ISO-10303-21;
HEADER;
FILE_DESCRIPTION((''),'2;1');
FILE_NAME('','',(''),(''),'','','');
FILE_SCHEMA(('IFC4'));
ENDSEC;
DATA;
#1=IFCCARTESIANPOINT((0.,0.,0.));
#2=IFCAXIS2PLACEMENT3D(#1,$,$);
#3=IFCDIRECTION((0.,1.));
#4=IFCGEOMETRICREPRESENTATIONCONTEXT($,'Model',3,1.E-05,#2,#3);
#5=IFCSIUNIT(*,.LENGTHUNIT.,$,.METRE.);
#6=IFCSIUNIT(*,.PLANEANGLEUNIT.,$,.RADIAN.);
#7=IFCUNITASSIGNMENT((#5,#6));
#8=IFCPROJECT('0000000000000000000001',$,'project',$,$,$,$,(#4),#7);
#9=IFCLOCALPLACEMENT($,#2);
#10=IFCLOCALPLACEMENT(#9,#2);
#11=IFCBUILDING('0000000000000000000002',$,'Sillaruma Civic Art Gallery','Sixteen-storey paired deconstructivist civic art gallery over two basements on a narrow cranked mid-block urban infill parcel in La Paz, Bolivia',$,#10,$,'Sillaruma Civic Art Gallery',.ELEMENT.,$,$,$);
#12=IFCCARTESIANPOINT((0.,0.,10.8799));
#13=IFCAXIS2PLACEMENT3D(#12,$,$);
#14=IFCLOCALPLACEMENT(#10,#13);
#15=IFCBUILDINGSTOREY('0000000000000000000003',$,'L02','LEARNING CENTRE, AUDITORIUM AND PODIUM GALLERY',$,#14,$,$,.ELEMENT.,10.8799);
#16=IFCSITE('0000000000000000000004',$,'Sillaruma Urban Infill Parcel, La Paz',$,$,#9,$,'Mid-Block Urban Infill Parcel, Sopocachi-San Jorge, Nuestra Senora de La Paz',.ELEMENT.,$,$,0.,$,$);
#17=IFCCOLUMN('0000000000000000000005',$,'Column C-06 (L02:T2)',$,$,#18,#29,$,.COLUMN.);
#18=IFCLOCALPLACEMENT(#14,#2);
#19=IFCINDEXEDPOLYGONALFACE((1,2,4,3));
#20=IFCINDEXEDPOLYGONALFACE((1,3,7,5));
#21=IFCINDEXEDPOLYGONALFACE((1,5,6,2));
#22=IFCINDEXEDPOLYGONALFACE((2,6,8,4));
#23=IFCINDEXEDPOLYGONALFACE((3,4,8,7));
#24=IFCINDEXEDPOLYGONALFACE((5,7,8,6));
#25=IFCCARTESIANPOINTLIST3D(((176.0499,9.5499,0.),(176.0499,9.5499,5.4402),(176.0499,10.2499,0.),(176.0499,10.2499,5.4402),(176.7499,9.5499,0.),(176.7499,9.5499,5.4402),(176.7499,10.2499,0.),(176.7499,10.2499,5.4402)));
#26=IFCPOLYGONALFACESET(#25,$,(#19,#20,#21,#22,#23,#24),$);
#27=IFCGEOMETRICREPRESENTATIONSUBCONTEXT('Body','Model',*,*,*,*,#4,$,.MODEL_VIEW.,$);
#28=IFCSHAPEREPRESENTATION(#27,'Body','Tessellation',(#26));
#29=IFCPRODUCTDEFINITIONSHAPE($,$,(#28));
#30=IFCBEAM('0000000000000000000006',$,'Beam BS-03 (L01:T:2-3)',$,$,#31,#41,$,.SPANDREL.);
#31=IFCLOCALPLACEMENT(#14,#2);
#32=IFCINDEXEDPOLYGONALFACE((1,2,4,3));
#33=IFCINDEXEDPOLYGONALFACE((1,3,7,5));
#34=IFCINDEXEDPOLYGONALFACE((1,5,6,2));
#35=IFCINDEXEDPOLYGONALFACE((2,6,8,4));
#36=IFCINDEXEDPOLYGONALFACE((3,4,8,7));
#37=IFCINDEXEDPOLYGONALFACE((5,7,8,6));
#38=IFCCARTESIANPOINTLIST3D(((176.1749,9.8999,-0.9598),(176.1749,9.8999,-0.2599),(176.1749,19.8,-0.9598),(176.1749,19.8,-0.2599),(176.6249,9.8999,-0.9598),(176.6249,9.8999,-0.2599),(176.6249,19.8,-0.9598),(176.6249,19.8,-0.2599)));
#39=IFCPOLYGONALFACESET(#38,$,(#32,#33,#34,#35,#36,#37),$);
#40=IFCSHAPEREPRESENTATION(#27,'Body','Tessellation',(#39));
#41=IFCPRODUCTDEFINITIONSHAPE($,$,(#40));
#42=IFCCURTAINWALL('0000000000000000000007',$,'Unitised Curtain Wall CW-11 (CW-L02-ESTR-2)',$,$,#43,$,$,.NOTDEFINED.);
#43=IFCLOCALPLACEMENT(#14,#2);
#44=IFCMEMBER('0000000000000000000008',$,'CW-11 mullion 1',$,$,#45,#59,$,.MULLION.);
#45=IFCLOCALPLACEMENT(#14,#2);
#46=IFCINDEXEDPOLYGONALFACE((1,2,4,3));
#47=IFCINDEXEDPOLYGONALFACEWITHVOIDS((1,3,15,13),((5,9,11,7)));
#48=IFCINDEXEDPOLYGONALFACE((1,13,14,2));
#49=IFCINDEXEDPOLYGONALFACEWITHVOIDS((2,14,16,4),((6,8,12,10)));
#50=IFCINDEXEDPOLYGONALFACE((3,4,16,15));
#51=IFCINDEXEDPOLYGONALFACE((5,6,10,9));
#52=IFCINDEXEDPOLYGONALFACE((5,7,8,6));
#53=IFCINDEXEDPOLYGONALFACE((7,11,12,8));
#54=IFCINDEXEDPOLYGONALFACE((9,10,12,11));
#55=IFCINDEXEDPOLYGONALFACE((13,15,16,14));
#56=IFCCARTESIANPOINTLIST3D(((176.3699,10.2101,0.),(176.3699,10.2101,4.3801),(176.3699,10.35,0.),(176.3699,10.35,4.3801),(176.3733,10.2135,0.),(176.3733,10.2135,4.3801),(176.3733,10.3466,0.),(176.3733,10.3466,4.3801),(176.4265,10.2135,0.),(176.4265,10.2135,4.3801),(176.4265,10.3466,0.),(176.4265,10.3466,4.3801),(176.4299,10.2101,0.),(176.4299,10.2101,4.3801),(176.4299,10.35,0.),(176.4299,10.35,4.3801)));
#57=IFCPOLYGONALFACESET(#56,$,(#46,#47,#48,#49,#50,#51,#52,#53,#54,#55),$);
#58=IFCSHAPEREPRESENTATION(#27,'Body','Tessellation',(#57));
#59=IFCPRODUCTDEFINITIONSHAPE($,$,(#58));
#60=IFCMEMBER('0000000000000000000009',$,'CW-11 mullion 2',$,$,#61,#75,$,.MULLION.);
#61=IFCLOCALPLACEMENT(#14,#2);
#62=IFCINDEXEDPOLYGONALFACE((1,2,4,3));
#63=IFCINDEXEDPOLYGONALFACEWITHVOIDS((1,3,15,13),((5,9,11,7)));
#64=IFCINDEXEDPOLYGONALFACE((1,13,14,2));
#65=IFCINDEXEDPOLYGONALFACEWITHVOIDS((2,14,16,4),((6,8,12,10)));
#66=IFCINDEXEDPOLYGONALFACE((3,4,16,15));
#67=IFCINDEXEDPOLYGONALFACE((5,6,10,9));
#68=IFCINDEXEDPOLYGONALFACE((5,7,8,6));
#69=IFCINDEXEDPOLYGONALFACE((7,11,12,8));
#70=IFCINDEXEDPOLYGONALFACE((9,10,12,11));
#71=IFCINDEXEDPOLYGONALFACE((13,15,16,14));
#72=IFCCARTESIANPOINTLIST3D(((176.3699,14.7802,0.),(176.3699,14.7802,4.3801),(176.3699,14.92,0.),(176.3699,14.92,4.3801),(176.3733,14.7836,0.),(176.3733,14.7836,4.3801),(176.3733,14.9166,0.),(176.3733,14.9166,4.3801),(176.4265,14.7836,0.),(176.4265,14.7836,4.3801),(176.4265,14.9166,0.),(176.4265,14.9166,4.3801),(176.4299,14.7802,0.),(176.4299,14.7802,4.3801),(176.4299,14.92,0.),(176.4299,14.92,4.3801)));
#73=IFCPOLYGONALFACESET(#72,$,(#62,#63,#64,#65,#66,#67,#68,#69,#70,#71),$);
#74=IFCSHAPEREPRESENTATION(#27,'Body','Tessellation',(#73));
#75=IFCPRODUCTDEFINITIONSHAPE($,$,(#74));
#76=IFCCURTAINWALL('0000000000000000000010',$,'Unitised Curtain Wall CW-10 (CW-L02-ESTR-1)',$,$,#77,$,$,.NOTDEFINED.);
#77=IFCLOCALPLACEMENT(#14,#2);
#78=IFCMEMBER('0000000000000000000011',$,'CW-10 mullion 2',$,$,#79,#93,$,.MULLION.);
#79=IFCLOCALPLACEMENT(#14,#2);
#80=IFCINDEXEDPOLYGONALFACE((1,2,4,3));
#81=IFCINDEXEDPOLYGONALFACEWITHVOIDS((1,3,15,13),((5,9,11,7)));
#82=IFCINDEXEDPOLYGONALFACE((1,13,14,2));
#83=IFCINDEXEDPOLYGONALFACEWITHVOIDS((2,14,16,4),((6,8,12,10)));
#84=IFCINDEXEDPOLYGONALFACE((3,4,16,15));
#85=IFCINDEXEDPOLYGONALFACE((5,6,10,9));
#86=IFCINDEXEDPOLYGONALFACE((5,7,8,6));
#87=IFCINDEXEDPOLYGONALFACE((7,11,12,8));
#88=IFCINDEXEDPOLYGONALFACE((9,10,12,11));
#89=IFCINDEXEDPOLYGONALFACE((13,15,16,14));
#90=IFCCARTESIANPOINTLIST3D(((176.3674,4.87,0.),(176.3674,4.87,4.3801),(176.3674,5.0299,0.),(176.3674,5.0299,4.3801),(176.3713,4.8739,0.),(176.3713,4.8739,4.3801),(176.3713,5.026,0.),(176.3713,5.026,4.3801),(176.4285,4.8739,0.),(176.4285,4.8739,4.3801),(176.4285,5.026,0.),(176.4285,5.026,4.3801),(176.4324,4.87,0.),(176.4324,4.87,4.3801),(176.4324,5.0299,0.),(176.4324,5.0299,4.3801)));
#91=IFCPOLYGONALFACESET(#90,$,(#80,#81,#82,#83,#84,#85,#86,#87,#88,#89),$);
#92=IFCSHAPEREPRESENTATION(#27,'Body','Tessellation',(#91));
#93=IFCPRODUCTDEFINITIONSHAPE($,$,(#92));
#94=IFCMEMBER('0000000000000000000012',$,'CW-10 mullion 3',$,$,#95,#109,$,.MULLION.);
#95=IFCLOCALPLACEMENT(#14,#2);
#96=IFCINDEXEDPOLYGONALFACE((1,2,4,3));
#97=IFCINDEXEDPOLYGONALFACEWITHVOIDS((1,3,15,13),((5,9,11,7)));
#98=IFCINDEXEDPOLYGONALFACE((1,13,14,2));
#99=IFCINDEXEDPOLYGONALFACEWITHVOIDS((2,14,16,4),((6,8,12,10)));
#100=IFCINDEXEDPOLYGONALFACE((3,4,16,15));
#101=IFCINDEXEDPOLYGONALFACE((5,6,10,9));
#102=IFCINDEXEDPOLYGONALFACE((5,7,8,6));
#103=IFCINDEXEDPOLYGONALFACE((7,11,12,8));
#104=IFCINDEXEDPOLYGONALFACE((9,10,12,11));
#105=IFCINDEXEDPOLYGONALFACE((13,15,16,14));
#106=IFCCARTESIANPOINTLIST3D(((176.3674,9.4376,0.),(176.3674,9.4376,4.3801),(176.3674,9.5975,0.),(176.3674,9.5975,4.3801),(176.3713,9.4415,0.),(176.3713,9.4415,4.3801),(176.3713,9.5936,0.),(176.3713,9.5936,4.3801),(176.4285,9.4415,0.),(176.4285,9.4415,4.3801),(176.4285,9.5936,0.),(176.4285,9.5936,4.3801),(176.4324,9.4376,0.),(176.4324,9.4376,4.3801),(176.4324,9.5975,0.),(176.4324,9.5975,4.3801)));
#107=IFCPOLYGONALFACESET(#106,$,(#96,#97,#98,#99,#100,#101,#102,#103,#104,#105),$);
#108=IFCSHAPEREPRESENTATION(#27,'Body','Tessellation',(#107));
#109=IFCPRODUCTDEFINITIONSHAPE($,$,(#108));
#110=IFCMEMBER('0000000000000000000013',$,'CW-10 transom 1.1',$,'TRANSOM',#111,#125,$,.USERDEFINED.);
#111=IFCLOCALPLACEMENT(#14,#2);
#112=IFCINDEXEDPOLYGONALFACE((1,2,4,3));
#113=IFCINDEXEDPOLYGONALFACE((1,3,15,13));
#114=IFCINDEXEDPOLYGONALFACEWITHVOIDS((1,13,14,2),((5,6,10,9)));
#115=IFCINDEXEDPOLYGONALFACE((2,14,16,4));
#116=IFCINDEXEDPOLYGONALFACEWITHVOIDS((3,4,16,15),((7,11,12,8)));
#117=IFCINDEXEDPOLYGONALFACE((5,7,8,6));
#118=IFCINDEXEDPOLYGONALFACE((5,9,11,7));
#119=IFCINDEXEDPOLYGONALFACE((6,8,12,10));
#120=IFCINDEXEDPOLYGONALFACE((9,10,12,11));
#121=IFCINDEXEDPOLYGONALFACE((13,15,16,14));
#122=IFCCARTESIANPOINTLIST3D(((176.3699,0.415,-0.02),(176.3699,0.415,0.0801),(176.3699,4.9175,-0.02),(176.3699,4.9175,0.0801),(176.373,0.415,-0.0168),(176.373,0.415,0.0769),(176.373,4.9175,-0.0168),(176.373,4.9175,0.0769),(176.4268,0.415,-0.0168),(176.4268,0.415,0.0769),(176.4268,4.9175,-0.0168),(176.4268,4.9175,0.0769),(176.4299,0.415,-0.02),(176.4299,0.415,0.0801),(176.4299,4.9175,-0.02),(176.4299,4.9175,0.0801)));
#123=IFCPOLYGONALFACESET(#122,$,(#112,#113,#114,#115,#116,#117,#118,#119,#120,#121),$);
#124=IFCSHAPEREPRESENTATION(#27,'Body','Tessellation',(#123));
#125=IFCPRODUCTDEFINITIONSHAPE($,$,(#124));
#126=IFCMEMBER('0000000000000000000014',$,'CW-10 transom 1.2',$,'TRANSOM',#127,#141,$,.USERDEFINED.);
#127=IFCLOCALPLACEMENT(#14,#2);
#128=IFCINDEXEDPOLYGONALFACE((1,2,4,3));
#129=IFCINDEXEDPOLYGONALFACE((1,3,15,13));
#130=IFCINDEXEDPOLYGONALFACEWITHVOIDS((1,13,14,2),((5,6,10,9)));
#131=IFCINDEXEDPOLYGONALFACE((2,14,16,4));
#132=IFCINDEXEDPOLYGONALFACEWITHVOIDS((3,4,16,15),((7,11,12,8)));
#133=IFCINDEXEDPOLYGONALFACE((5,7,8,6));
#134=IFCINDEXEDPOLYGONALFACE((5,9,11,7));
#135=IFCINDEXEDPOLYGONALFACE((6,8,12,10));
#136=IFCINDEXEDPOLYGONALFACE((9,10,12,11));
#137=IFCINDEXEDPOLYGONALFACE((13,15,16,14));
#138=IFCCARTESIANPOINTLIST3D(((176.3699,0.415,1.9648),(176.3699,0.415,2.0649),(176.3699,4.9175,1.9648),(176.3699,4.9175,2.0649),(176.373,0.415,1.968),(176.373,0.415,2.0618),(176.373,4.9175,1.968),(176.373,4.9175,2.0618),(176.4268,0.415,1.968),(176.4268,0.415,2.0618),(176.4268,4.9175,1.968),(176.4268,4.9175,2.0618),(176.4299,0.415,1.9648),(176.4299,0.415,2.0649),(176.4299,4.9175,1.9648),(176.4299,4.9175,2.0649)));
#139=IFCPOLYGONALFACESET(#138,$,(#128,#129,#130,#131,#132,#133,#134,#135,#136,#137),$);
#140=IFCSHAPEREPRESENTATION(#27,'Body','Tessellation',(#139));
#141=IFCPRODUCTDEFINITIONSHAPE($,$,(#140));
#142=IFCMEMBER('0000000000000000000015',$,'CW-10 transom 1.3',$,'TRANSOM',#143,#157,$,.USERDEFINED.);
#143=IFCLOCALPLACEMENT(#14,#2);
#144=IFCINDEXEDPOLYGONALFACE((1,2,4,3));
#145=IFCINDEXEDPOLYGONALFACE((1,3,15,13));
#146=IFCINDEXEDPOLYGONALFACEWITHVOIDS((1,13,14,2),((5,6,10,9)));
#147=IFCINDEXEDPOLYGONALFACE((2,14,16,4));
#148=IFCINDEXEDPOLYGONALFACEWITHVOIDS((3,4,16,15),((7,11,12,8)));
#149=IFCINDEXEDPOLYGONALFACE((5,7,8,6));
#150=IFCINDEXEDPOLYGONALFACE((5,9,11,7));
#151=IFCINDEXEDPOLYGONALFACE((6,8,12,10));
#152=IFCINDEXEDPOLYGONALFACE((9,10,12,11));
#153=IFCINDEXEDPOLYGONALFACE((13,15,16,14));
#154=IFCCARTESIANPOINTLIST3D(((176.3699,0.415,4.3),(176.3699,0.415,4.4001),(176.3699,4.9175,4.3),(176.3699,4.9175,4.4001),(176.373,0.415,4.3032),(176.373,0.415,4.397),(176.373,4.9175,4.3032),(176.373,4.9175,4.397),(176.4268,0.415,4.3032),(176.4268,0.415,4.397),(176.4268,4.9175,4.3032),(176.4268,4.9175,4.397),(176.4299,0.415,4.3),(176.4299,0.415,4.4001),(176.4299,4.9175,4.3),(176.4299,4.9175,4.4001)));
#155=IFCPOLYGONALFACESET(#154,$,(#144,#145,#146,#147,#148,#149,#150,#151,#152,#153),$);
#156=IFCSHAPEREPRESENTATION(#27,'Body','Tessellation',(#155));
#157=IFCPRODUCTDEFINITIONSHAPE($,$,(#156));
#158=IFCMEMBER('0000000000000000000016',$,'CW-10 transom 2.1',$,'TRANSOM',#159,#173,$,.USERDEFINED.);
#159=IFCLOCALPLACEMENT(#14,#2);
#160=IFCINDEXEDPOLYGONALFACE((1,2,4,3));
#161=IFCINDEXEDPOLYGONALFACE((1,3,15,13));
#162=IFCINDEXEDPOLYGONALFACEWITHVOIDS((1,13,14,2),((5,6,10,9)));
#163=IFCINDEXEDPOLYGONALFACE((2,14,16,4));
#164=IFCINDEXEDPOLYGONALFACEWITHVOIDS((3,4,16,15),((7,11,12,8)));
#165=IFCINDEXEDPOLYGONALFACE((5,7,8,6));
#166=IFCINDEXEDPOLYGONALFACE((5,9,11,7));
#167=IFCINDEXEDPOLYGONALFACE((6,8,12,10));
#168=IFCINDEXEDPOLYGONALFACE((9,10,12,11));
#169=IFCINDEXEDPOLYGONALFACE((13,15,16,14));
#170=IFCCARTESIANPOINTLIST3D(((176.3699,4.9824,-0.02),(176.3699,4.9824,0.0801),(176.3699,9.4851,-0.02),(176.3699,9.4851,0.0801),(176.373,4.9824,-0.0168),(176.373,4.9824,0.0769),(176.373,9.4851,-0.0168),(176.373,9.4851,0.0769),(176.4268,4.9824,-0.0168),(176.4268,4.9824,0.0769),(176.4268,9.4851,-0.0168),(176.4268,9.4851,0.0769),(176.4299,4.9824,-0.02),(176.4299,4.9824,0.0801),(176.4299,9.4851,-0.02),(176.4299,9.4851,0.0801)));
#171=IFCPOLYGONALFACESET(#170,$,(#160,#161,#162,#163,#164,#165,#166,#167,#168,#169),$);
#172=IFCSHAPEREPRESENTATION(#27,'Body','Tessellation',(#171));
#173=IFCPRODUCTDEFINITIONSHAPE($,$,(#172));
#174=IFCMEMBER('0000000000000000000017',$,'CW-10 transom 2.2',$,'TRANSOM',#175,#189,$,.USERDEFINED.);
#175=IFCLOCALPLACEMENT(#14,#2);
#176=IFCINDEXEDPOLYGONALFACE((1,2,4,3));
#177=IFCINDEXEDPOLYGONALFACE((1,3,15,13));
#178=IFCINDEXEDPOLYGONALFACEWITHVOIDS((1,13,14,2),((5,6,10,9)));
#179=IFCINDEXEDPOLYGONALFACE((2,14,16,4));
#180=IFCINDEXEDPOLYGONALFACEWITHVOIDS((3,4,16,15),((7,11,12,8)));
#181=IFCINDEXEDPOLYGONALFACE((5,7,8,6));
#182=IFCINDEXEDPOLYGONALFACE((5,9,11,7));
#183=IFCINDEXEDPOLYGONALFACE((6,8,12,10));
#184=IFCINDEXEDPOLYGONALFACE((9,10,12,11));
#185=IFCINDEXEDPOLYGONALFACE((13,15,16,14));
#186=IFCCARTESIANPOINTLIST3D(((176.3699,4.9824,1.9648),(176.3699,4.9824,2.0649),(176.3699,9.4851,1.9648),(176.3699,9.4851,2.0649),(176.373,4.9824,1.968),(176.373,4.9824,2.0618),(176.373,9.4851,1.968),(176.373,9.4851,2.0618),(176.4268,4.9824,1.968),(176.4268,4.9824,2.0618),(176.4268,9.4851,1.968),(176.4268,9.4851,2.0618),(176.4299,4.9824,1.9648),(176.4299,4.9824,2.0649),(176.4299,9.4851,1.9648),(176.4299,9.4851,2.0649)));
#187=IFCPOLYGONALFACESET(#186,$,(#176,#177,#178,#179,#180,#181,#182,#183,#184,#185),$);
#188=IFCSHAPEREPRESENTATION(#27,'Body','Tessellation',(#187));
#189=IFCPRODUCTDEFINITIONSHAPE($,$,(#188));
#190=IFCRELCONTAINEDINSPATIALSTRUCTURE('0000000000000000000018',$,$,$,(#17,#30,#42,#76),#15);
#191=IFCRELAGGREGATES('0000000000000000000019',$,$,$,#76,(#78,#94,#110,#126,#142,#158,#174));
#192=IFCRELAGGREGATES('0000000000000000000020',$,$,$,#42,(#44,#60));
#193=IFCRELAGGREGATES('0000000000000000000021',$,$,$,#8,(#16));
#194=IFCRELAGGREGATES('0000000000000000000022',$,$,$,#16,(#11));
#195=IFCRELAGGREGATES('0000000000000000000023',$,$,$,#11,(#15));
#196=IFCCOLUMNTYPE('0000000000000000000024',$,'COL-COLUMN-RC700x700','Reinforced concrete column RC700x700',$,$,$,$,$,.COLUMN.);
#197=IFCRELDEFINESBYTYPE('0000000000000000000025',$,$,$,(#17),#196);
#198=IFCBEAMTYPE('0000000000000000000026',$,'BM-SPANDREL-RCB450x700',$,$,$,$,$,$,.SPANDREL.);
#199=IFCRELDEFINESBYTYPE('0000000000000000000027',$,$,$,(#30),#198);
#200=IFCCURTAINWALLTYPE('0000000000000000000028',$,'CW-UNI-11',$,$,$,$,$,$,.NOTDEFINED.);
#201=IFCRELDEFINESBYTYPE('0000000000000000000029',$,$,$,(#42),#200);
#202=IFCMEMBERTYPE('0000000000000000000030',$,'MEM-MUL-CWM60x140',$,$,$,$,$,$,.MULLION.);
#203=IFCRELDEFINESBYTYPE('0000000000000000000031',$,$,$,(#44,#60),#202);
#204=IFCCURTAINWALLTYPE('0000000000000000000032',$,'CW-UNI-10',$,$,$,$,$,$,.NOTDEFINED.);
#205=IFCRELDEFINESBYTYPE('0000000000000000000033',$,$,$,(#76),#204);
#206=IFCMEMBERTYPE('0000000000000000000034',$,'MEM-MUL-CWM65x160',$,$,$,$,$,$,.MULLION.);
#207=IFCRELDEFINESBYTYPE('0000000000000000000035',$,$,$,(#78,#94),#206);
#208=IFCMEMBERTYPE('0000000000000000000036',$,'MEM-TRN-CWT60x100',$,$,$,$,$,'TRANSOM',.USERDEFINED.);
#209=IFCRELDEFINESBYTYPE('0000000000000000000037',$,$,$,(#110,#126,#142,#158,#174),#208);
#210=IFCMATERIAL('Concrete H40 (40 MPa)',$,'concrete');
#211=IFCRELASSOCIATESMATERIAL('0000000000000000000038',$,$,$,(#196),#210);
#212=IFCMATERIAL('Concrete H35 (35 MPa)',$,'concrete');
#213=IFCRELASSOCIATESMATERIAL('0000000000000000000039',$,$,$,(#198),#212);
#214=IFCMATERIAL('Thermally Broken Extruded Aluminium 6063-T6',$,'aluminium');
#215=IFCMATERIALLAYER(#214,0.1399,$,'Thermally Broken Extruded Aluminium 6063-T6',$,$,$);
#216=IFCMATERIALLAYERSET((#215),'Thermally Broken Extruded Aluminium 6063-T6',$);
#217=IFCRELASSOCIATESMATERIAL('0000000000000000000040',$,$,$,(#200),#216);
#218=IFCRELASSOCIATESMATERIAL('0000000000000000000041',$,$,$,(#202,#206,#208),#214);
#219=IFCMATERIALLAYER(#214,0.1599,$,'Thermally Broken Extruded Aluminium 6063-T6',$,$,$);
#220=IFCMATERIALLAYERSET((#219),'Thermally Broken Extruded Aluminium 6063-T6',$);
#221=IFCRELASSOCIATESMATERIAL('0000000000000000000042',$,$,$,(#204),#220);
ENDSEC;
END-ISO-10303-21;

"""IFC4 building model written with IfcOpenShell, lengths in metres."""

from ifc_helpers import new_model, si_unit, direction, frame, origin, origin_2d, place, context, subcontext, project, spatial, rectangle, hollow_rectangle, extrude, material, layer, layer_set, material_profile, profile_set, type_object, element, aggregate, save


model = new_model("IFC4")

# Units and contexts
model_context = context("Model", 3, precision=1e-05, world=origin(), true_north=direction((0.0, 1.0)))
body_context = subcontext(model_context, "Body", "Model", "MODEL_VIEW")
ifc_project = project(units=[si_unit("LENGTHUNIT", "METRE"), si_unit("PLANEANGLEUNIT", "RADIAN")], contexts=[model_context])

# Site, building, storey
site_placement = place(None, origin())
site = spatial("IfcSite", under=ifc_project, at=site_placement, Name="Sillaruma Urban Infill Parcel, La Paz", LongName="Mid-Block Urban Infill Parcel, Sopocachi-San Jorge, Nuestra Senora de La Paz", CompositionType="ELEMENT", RefElevation=0.0)
building_placement = place(site_placement, origin())
building = spatial("IfcBuilding", under=site, at=building_placement, Name="Sillaruma Civic Art Gallery", Description="Sixteen-storey paired deconstructivist civic art gallery over two basements on a narrow cranked mid-block urban infill parcel in La Paz, Bolivia", LongName="Sillaruma Civic Art Gallery", CompositionType="ELEMENT")
storey_placement = place(building_placement, frame((0.0, 0.0, 10.8799)))
storey = spatial("IfcBuildingStorey", under=building, at=storey_placement, Name="L02", Description="LEARNING CENTRE, AUDITORIUM AND PODIUM GALLERY", CompositionType="ELEMENT", Elevation=10.8799)

# Column
ifc_material_1 = material(Name="Concrete H40 (40 MPa)", Category="concrete")
ifc_material_profile_1 = material_profile(ifc_material_1, rectangle(XDim=0.7, YDim=0.7, at=origin_2d()), Name="RC700x700")
ifc_profile_set_1 = profile_set([ifc_material_profile_1], Name="Concrete H40 (40 MPa)")
column_type = type_object("IfcColumnType", Name="COL-COLUMN-RC700x700", Description="Reinforced concrete column RC700x700", PredefinedType="COLUMN", material=ifc_profile_set_1)
column_placement = place(storey_placement, frame((176.3999, 9.8999, 0.0), z_axis=(0.0, 0.0, 1.0), x_axis=(1.0, 0.0, 0.0)))
element("IfcColumn", 1, at=column_placement, inside=storey, type_object=column_type, Name="Column C-06 (L02:T2)", PredefinedType="COLUMN", context=body_context, shape_type="SweptSolid", body=[
    extrude(rectangle(XDim=0.7, YDim=0.7, at=origin_2d()), origin(), (0.0, 0.0, 1.0), 5.4402),
])

# Beam
ifc_material_2 = material(Name="Concrete H35 (35 MPa)", Category="concrete")
ifc_material_profile_2 = material_profile(ifc_material_2, rectangle(XDim=0.45, YDim=0.7, at=origin_2d()), Name="RCB450x700")
ifc_profile_set_2 = profile_set([ifc_material_profile_2], Name="Concrete H35 (35 MPa)")
beam_type = type_object("IfcBeamType", Name="BM-SPANDREL-RCB450x700", PredefinedType="SPANDREL", material=ifc_profile_set_2)
beam_placement = place(storey_placement, frame((176.3999, 9.8999, -0.6099), z_axis=(0.0, 1.0, 0.0), x_axis=(-1.0, 0.0, 0.0)))
element("IfcBeam", 2, at=beam_placement, inside=storey, type_object=beam_type, Name="Beam BS-03 (L01:T:2-3)", PredefinedType="SPANDREL", context=body_context, shape_type="SweptSolid", body=[
    extrude(rectangle(XDim=0.45, YDim=0.7, at=origin_2d()), origin(), (0.0, 0.0, 1.0), 9.9001),
])

# Curtain walls, members
ifc_material_3 = material(Name="Thermally Broken Extruded Aluminium 6063-T6", Category="aluminium")
ifc_layer_1 = layer(ifc_material_3, 0.1399, Name="Thermally Broken Extruded Aluminium 6063-T6")
ifc_layer_set_1 = layer_set([ifc_layer_1], Name="Thermally Broken Extruded Aluminium 6063-T6")
curtain_wall_type_1 = type_object("IfcCurtainWallType", Name="CW-UNI-11", PredefinedType="NOTDEFINED", material=ifc_layer_set_1)
curtain_wall_1_placement = place(storey_placement, origin())
curtain_wall_1 = element("IfcCurtainWall", 3, at=curtain_wall_1_placement, inside=storey, type_object=curtain_wall_type_1, Name="Unitised Curtain Wall CW-11 (CW-L02-ESTR-2)", PredefinedType="NOTDEFINED")
ifc_material_profile_3 = material_profile(ifc_material_3, hollow_rectangle(XDim=0.0601, YDim=0.1399, WallThickness=0.0034, at=origin_2d()), Name="CWM60x140")
ifc_profile_set_3 = profile_set([ifc_material_profile_3], Name="Thermally Broken Extruded Aluminium 6063-T6")
member_type_1 = type_object("IfcMemberType", Name="MEM-MUL-CWM60x140", PredefinedType="MULLION", material=ifc_profile_set_3)
member_1_placement = place(storey_placement, frame((176.3999, 10.28, 0.0), z_axis=(0.0, 0.0, 1.0), x_axis=(-1.0, 0.0, 0.0)))
member_1 = element("IfcMember", 4, at=member_1_placement, type_object=member_type_1, Name="CW-11 mullion 1", PredefinedType="MULLION", context=body_context, shape_type="SweptSolid", body=[
    extrude(hollow_rectangle(XDim=0.0601, YDim=0.1399, WallThickness=0.0034, at=origin_2d()), origin(), (0.0, 0.0, 1.0), 4.3801),
])
member_2_placement = place(storey_placement, frame((176.3999, 14.8501, 0.0), z_axis=(0.0, 0.0, 1.0), x_axis=(-1.0, 0.0, 0.0)))
member_2 = element("IfcMember", 5, at=member_2_placement, type_object=member_type_1, Name="CW-11 mullion 2", PredefinedType="MULLION", context=body_context, shape_type="SweptSolid", body=[
    extrude(hollow_rectangle(XDim=0.0601, YDim=0.1399, WallThickness=0.0034, at=origin_2d()), origin(), (0.0, 0.0, 1.0), 4.3801),
])
ifc_layer_2 = layer(ifc_material_3, 0.1599, Name="Thermally Broken Extruded Aluminium 6063-T6")
ifc_layer_set_2 = layer_set([ifc_layer_2], Name="Thermally Broken Extruded Aluminium 6063-T6")
curtain_wall_type_2 = type_object("IfcCurtainWallType", Name="CW-UNI-10", PredefinedType="NOTDEFINED", material=ifc_layer_set_2)
curtain_wall_2_placement = place(storey_placement, origin())
curtain_wall_2 = element("IfcCurtainWall", 6, at=curtain_wall_2_placement, inside=storey, type_object=curtain_wall_type_2, Name="Unitised Curtain Wall CW-10 (CW-L02-ESTR-1)", PredefinedType="NOTDEFINED")
ifc_material_profile_4 = material_profile(ifc_material_3, hollow_rectangle(XDim=0.0649, YDim=0.1599, WallThickness=0.0039, at=origin_2d()), Name="CWM65x160")
ifc_profile_set_4 = profile_set([ifc_material_profile_4], Name="Thermally Broken Extruded Aluminium 6063-T6")
member_type_2 = type_object("IfcMemberType", Name="MEM-MUL-CWM65x160", PredefinedType="MULLION", material=ifc_profile_set_4)
member_3_placement = place(storey_placement, frame((176.3999, 4.95, 0.0), z_axis=(0.0, 0.0, 1.0), x_axis=(-1.0, 0.0, 0.0)))
member_3 = element("IfcMember", 7, at=member_3_placement, type_object=member_type_2, Name="CW-10 mullion 2", PredefinedType="MULLION", context=body_context, shape_type="SweptSolid", body=[
    extrude(hollow_rectangle(XDim=0.0649, YDim=0.1599, WallThickness=0.0039, at=origin_2d()), origin(), (0.0, 0.0, 1.0), 4.3801),
])
member_4_placement = place(storey_placement, frame((176.3999, 9.5176, 0.0), z_axis=(0.0, 0.0, 1.0), x_axis=(-1.0, 0.0, 0.0)))
member_4 = element("IfcMember", 8, at=member_4_placement, type_object=member_type_2, Name="CW-10 mullion 3", PredefinedType="MULLION", context=body_context, shape_type="SweptSolid", body=[
    extrude(hollow_rectangle(XDim=0.0649, YDim=0.1599, WallThickness=0.0039, at=origin_2d()), origin(), (0.0, 0.0, 1.0), 4.3801),
])
ifc_material_profile_5 = material_profile(ifc_material_3, hollow_rectangle(XDim=0.0601, YDim=0.1001, WallThickness=0.0032, at=origin_2d()), Name="CWT60x100")
ifc_profile_set_5 = profile_set([ifc_material_profile_5], Name="Thermally Broken Extruded Aluminium 6063-T6")
member_type_3 = type_object("IfcMemberType", Name="MEM-TRN-CWT60x100", ElementType="TRANSOM", PredefinedType="USERDEFINED", material=ifc_profile_set_5)
member_5_placement = place(storey_placement, frame((176.3999, 0.415, 0.03), z_axis=(0.0, 1.0, 0.0), x_axis=(-1.0, 0.0, 0.0)))
member_5 = element("IfcMember", 9, at=member_5_placement, type_object=member_type_3, Name="CW-10 transom 1.1", ObjectType="TRANSOM", PredefinedType="USERDEFINED", context=body_context, shape_type="SweptSolid", body=[
    extrude(hollow_rectangle(XDim=0.0601, YDim=0.1001, WallThickness=0.0032, at=origin_2d()), origin(), (0.0, 0.0, 1.0), 4.5024),
])
member_6_placement = place(storey_placement, frame((176.3999, 0.415, 2.0149), z_axis=(0.0, 1.0, 0.0), x_axis=(-1.0, 0.0, 0.0)))
member_6 = element("IfcMember", 10, at=member_6_placement, type_object=member_type_3, Name="CW-10 transom 1.2", ObjectType="TRANSOM", PredefinedType="USERDEFINED", context=body_context, shape_type="SweptSolid", body=[
    extrude(hollow_rectangle(XDim=0.0601, YDim=0.1001, WallThickness=0.0032, at=origin_2d()), origin(), (0.0, 0.0, 1.0), 4.5024),
])
member_7_placement = place(storey_placement, frame((176.3999, 0.415, 4.3501), z_axis=(0.0, 1.0, 0.0), x_axis=(-1.0, 0.0, 0.0)))
member_7 = element("IfcMember", 11, at=member_7_placement, type_object=member_type_3, Name="CW-10 transom 1.3", ObjectType="TRANSOM", PredefinedType="USERDEFINED", context=body_context, shape_type="SweptSolid", body=[
    extrude(hollow_rectangle(XDim=0.0601, YDim=0.1001, WallThickness=0.0032, at=origin_2d()), origin(), (0.0, 0.0, 1.0), 4.5024),
])
member_8_placement = place(storey_placement, frame((176.3999, 4.9824, 0.03), z_axis=(0.0, 1.0, 0.0), x_axis=(-1.0, 0.0, 0.0)))
member_8 = element("IfcMember", 12, at=member_8_placement, type_object=member_type_3, Name="CW-10 transom 2.1", ObjectType="TRANSOM", PredefinedType="USERDEFINED", context=body_context, shape_type="SweptSolid", body=[
    extrude(hollow_rectangle(XDim=0.0601, YDim=0.1001, WallThickness=0.0032, at=origin_2d()), origin(), (0.0, 0.0, 1.0), 4.5027),
])
member_9_placement = place(storey_placement, frame((176.3999, 4.9824, 2.0149), z_axis=(0.0, 1.0, 0.0), x_axis=(-1.0, 0.0, 0.0)))
member_9 = element("IfcMember", 13, at=member_9_placement, type_object=member_type_3, Name="CW-10 transom 2.2", ObjectType="TRANSOM", PredefinedType="USERDEFINED", context=body_context, shape_type="SweptSolid", body=[
    extrude(hollow_rectangle(XDim=0.0601, YDim=0.1001, WallThickness=0.0032, at=origin_2d()), origin(), (0.0, 0.0, 1.0), 4.5027),
])

aggregate(curtain_wall_2, [member_3, member_4, member_5, member_6, member_7, member_8, member_9])
aggregate(curtain_wall_1, [member_1, member_2])

save(model, "model.ifc")
